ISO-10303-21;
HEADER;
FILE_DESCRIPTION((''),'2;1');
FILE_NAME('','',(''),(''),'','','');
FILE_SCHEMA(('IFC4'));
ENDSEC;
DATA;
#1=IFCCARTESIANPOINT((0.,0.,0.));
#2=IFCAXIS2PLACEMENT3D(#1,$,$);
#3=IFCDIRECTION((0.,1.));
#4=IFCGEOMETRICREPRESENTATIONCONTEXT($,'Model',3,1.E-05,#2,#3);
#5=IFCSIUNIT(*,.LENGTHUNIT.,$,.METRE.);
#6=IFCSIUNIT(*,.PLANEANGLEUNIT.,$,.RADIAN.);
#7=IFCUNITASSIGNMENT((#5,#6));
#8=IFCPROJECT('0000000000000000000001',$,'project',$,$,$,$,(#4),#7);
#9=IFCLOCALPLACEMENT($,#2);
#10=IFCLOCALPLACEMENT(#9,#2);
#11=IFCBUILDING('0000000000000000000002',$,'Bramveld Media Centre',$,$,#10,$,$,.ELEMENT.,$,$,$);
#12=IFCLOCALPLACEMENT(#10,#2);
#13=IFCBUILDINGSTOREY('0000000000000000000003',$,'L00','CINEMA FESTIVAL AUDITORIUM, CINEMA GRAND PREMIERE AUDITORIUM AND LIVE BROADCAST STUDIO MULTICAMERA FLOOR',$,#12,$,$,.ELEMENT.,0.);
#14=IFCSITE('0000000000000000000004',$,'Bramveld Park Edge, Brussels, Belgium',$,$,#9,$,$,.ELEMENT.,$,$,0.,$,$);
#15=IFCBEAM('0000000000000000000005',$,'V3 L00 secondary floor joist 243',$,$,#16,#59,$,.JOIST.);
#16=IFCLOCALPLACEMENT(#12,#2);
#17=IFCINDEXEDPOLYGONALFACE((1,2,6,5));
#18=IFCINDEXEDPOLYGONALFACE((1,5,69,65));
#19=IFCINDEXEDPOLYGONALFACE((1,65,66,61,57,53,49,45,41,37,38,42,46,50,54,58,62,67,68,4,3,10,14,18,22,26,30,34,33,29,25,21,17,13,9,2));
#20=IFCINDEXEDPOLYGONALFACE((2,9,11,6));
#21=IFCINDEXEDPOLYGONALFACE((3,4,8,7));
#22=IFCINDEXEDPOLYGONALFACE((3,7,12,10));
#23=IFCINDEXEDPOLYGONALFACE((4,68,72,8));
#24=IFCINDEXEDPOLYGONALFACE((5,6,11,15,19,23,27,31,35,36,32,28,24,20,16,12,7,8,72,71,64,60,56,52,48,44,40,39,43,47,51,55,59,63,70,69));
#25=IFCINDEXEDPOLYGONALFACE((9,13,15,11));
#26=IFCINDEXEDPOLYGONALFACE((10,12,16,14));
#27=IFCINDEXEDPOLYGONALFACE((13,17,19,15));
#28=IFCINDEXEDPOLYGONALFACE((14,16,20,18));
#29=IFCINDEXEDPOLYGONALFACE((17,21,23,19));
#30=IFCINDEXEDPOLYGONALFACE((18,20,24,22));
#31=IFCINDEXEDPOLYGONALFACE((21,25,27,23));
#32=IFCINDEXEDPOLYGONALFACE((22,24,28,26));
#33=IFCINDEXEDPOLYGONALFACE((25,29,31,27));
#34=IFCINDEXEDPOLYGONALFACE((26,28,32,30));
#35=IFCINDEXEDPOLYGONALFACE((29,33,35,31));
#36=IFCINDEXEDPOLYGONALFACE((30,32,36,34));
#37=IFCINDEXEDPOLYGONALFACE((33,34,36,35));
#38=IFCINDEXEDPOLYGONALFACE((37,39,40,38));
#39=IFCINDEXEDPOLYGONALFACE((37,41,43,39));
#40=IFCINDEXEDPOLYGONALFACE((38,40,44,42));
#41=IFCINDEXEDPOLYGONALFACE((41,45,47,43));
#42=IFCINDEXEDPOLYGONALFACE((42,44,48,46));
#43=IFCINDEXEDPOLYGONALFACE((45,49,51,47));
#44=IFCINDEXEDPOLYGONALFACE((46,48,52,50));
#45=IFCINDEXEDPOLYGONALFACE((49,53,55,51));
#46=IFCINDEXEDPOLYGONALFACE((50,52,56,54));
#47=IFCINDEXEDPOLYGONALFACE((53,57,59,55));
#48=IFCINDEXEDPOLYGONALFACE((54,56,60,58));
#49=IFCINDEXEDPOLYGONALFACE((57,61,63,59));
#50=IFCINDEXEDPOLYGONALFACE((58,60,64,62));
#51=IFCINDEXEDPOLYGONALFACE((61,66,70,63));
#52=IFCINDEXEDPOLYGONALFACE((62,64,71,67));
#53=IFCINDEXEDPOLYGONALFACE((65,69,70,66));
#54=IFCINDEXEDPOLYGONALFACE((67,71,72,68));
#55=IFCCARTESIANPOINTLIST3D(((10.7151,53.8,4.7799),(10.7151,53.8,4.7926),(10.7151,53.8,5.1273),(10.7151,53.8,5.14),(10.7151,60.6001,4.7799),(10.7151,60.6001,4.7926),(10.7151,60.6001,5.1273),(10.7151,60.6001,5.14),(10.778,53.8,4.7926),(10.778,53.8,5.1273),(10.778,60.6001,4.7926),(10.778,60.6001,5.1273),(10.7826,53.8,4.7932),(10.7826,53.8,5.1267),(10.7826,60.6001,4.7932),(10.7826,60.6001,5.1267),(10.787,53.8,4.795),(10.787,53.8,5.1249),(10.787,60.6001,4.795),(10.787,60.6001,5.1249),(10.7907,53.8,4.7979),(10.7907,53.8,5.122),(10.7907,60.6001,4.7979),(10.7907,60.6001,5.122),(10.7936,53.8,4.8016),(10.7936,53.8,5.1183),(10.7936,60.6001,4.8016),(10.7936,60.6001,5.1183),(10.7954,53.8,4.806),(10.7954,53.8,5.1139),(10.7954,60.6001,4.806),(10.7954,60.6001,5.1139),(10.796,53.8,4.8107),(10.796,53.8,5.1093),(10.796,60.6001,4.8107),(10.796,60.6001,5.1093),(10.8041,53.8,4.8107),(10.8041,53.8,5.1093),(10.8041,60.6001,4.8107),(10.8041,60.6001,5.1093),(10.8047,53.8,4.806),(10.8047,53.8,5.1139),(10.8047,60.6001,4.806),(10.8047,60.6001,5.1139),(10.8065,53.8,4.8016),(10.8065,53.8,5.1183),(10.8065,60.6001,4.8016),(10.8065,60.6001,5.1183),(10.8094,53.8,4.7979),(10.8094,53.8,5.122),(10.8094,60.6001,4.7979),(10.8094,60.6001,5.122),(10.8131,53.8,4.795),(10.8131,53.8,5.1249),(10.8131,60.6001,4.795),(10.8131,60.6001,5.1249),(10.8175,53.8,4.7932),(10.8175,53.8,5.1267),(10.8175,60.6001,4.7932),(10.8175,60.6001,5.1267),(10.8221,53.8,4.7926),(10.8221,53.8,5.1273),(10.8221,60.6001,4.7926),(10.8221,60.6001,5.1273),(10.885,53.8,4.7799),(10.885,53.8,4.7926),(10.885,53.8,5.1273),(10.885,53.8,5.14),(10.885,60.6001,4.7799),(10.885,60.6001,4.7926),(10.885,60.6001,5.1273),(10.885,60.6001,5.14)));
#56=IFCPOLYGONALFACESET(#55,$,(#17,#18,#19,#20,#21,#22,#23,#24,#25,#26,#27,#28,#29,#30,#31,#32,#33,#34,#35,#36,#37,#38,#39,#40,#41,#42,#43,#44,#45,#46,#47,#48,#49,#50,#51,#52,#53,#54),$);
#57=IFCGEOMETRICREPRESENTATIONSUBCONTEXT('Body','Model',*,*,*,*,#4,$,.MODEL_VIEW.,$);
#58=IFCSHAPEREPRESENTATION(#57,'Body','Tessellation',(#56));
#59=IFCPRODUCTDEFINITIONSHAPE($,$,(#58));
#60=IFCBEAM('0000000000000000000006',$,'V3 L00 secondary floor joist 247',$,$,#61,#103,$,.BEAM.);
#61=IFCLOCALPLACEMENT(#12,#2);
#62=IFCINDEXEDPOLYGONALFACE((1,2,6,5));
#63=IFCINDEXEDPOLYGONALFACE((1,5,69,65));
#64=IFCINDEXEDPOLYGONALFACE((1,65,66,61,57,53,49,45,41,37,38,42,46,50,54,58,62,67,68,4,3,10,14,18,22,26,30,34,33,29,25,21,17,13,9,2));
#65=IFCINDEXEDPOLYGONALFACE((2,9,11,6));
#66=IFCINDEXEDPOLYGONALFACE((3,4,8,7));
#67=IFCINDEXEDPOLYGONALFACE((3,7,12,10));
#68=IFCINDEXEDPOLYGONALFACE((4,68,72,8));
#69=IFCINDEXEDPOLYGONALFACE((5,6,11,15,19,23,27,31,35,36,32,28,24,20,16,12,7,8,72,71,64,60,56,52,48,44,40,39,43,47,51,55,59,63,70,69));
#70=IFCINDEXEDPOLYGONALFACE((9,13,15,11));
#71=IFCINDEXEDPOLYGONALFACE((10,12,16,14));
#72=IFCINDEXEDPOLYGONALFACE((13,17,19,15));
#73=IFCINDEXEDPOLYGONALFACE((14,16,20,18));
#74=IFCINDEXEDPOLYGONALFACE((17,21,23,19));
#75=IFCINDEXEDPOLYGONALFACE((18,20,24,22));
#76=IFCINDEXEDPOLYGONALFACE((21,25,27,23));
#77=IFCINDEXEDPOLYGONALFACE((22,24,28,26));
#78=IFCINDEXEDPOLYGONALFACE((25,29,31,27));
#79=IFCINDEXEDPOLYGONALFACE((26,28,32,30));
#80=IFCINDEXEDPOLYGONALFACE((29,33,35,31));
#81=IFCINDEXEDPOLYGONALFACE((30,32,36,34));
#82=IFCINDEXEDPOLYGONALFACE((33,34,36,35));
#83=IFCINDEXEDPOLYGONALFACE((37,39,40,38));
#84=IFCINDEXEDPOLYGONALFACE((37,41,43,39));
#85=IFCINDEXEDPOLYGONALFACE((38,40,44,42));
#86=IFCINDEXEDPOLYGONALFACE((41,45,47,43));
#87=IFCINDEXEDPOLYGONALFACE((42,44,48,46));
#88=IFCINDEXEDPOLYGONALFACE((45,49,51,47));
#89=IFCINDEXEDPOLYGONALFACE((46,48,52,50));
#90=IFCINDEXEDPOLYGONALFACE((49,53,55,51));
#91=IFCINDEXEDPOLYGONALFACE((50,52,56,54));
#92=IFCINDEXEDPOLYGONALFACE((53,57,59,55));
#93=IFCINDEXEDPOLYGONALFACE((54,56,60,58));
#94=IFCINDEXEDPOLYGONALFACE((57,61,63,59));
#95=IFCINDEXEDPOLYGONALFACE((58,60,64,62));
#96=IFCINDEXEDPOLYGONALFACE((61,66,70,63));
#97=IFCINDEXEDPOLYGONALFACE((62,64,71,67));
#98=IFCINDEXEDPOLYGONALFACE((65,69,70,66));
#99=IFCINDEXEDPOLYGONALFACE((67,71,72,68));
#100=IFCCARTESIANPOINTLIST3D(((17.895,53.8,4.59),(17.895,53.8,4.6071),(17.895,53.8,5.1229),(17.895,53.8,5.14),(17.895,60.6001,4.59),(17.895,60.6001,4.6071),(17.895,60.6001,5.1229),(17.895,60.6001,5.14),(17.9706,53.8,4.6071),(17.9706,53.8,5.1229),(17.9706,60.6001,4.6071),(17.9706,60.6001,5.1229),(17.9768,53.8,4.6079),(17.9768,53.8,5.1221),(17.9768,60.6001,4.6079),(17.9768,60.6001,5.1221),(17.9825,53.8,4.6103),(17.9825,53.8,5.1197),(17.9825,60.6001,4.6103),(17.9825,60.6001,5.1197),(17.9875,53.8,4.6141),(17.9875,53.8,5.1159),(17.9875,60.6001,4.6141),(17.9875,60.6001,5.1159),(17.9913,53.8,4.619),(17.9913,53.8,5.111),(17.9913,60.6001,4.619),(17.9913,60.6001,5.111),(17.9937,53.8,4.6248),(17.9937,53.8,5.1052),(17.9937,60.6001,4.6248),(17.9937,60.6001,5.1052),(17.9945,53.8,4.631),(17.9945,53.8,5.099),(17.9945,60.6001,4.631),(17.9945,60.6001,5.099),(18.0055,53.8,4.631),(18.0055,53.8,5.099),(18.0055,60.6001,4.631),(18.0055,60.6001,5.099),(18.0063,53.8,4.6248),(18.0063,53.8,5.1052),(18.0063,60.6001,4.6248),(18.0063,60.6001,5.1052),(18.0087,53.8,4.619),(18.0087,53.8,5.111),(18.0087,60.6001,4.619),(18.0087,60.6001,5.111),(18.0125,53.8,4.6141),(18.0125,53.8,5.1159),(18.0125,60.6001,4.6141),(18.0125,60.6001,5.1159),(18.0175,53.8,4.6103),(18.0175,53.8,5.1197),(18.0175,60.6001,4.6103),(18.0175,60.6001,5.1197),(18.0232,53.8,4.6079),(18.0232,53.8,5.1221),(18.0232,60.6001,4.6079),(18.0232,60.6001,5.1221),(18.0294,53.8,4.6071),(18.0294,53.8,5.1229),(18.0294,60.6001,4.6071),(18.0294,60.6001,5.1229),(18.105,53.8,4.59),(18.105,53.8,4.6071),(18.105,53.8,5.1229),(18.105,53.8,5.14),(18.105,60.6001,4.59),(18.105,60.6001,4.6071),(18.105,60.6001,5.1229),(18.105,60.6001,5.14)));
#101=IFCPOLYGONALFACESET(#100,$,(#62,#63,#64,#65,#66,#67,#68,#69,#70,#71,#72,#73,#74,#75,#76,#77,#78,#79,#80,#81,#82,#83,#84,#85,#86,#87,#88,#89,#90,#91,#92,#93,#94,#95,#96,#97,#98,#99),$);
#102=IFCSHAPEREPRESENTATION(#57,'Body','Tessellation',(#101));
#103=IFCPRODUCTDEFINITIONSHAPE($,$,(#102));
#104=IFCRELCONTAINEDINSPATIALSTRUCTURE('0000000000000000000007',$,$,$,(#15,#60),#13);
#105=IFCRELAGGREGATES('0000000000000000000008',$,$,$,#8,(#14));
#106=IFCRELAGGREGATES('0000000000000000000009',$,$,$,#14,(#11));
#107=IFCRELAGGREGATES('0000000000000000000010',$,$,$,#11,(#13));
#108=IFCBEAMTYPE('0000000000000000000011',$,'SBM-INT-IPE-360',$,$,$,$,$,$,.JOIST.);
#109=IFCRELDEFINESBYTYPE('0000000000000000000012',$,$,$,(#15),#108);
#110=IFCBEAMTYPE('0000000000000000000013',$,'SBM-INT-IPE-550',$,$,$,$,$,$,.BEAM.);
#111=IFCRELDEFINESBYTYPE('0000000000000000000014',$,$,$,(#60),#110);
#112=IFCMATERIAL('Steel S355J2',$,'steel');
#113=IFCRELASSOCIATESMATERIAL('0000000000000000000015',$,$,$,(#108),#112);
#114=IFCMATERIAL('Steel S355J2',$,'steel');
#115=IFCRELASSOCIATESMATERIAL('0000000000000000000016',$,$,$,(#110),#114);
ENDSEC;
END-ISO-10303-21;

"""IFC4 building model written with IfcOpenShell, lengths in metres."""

from ifc_helpers import new_model, si_unit, direction, frame, origin, origin_2d, place, context, subcontext, project, spatial, i_section, extrude, material, material_profile, profile_set, type_object, element, save


model = new_model("IFC4")

# Units and contexts
model_context = context("Model", 3, precision=1e-05, world=origin(), true_north=direction((0.0, 1.0)))
body_context = subcontext(model_context, "Body", "Model", "MODEL_VIEW")
ifc_project = project(units=[si_unit("LENGTHUNIT", "METRE"), si_unit("PLANEANGLEUNIT", "RADIAN")], contexts=[model_context])

# Site, building, storey
site_placement = place(None, origin())
site = spatial("IfcSite", under=ifc_project, at=site_placement, Name="Bramveld Park Edge, Brussels, Belgium", CompositionType="ELEMENT", RefElevation=0.0)
building_placement = place(site_placement, origin())
building = spatial("IfcBuilding", under=site, at=building_placement, Name="Bramveld Media Centre", CompositionType="ELEMENT")
storey_placement = place(building_placement, origin())
storey = spatial("IfcBuildingStorey", under=building, at=storey_placement, Name="L00", Description="CINEMA FESTIVAL AUDITORIUM, CINEMA GRAND PREMIERE AUDITORIUM AND LIVE BROADCAST STUDIO MULTICAMERA FLOOR", CompositionType="ELEMENT", Elevation=0.0)

# Beams
ifc_material_1 = material(Name="Steel S355J2", Category="steel")
ifc_material_profile_1 = material_profile(ifc_material_1, i_section(OverallWidth=0.1699, OverallDepth=0.3601, WebThickness=0.0081, FlangeThickness=0.0127, FilletRadius=0.0181, at=origin_2d()), Name="IPE 360")
ifc_profile_set_1 = profile_set([ifc_material_profile_1], Name="Steel S355J2")
beam_type_1 = type_object("IfcBeamType", Name="SBM-INT-IPE-360", PredefinedType="JOIST", material=ifc_profile_set_1)
beam_1_placement = place(storey_placement, frame((10.8, 53.8, 4.96), z_axis=(0.0, 1.0, 0.0), x_axis=(-1.0, 0.0, 0.0)))
element("IfcBeam", 1, at=beam_1_placement, inside=storey, type_object=beam_type_1, Name="V3 L00 secondary floor joist 243", PredefinedType="JOIST", context=body_context, shape_type="SweptSolid", body=[
    extrude(i_section(OverallWidth=0.1699, OverallDepth=0.3601, WebThickness=0.0081, FlangeThickness=0.0127, FilletRadius=0.0181, at=origin_2d()), origin(), (0.0, 0.0, 1.0), 6.8),
])
ifc_material_2 = material(Name="Steel S355J2", Category="steel")
ifc_material_profile_2 = material_profile(ifc_material_2, i_section(OverallWidth=0.21, OverallDepth=0.55, WebThickness=0.011, FlangeThickness=0.0171, FilletRadius=0.0239, at=origin_2d()), Name="IPE 550")
ifc_profile_set_2 = profile_set([ifc_material_profile_2], Name="Steel S355J2")
beam_type_2 = type_object("IfcBeamType", Name="SBM-INT-IPE-550", PredefinedType="BEAM", material=ifc_profile_set_2)
beam_2_placement = place(storey_placement, frame((18.0, 53.8, 4.865), z_axis=(0.0, 1.0, 0.0), x_axis=(-1.0, 0.0, 0.0)))
element("IfcBeam", 2, at=beam_2_placement, inside=storey, type_object=beam_type_2, Name="V3 L00 secondary floor joist 247", PredefinedType="BEAM", context=body_context, shape_type="SweptSolid", body=[
    extrude(i_section(OverallWidth=0.21, OverallDepth=0.55, WebThickness=0.011, FlangeThickness=0.0171, FilletRadius=0.0239, at=origin_2d()), origin(), (0.0, 0.0, 1.0), 6.8),
])

save(model, "model.ifc")
